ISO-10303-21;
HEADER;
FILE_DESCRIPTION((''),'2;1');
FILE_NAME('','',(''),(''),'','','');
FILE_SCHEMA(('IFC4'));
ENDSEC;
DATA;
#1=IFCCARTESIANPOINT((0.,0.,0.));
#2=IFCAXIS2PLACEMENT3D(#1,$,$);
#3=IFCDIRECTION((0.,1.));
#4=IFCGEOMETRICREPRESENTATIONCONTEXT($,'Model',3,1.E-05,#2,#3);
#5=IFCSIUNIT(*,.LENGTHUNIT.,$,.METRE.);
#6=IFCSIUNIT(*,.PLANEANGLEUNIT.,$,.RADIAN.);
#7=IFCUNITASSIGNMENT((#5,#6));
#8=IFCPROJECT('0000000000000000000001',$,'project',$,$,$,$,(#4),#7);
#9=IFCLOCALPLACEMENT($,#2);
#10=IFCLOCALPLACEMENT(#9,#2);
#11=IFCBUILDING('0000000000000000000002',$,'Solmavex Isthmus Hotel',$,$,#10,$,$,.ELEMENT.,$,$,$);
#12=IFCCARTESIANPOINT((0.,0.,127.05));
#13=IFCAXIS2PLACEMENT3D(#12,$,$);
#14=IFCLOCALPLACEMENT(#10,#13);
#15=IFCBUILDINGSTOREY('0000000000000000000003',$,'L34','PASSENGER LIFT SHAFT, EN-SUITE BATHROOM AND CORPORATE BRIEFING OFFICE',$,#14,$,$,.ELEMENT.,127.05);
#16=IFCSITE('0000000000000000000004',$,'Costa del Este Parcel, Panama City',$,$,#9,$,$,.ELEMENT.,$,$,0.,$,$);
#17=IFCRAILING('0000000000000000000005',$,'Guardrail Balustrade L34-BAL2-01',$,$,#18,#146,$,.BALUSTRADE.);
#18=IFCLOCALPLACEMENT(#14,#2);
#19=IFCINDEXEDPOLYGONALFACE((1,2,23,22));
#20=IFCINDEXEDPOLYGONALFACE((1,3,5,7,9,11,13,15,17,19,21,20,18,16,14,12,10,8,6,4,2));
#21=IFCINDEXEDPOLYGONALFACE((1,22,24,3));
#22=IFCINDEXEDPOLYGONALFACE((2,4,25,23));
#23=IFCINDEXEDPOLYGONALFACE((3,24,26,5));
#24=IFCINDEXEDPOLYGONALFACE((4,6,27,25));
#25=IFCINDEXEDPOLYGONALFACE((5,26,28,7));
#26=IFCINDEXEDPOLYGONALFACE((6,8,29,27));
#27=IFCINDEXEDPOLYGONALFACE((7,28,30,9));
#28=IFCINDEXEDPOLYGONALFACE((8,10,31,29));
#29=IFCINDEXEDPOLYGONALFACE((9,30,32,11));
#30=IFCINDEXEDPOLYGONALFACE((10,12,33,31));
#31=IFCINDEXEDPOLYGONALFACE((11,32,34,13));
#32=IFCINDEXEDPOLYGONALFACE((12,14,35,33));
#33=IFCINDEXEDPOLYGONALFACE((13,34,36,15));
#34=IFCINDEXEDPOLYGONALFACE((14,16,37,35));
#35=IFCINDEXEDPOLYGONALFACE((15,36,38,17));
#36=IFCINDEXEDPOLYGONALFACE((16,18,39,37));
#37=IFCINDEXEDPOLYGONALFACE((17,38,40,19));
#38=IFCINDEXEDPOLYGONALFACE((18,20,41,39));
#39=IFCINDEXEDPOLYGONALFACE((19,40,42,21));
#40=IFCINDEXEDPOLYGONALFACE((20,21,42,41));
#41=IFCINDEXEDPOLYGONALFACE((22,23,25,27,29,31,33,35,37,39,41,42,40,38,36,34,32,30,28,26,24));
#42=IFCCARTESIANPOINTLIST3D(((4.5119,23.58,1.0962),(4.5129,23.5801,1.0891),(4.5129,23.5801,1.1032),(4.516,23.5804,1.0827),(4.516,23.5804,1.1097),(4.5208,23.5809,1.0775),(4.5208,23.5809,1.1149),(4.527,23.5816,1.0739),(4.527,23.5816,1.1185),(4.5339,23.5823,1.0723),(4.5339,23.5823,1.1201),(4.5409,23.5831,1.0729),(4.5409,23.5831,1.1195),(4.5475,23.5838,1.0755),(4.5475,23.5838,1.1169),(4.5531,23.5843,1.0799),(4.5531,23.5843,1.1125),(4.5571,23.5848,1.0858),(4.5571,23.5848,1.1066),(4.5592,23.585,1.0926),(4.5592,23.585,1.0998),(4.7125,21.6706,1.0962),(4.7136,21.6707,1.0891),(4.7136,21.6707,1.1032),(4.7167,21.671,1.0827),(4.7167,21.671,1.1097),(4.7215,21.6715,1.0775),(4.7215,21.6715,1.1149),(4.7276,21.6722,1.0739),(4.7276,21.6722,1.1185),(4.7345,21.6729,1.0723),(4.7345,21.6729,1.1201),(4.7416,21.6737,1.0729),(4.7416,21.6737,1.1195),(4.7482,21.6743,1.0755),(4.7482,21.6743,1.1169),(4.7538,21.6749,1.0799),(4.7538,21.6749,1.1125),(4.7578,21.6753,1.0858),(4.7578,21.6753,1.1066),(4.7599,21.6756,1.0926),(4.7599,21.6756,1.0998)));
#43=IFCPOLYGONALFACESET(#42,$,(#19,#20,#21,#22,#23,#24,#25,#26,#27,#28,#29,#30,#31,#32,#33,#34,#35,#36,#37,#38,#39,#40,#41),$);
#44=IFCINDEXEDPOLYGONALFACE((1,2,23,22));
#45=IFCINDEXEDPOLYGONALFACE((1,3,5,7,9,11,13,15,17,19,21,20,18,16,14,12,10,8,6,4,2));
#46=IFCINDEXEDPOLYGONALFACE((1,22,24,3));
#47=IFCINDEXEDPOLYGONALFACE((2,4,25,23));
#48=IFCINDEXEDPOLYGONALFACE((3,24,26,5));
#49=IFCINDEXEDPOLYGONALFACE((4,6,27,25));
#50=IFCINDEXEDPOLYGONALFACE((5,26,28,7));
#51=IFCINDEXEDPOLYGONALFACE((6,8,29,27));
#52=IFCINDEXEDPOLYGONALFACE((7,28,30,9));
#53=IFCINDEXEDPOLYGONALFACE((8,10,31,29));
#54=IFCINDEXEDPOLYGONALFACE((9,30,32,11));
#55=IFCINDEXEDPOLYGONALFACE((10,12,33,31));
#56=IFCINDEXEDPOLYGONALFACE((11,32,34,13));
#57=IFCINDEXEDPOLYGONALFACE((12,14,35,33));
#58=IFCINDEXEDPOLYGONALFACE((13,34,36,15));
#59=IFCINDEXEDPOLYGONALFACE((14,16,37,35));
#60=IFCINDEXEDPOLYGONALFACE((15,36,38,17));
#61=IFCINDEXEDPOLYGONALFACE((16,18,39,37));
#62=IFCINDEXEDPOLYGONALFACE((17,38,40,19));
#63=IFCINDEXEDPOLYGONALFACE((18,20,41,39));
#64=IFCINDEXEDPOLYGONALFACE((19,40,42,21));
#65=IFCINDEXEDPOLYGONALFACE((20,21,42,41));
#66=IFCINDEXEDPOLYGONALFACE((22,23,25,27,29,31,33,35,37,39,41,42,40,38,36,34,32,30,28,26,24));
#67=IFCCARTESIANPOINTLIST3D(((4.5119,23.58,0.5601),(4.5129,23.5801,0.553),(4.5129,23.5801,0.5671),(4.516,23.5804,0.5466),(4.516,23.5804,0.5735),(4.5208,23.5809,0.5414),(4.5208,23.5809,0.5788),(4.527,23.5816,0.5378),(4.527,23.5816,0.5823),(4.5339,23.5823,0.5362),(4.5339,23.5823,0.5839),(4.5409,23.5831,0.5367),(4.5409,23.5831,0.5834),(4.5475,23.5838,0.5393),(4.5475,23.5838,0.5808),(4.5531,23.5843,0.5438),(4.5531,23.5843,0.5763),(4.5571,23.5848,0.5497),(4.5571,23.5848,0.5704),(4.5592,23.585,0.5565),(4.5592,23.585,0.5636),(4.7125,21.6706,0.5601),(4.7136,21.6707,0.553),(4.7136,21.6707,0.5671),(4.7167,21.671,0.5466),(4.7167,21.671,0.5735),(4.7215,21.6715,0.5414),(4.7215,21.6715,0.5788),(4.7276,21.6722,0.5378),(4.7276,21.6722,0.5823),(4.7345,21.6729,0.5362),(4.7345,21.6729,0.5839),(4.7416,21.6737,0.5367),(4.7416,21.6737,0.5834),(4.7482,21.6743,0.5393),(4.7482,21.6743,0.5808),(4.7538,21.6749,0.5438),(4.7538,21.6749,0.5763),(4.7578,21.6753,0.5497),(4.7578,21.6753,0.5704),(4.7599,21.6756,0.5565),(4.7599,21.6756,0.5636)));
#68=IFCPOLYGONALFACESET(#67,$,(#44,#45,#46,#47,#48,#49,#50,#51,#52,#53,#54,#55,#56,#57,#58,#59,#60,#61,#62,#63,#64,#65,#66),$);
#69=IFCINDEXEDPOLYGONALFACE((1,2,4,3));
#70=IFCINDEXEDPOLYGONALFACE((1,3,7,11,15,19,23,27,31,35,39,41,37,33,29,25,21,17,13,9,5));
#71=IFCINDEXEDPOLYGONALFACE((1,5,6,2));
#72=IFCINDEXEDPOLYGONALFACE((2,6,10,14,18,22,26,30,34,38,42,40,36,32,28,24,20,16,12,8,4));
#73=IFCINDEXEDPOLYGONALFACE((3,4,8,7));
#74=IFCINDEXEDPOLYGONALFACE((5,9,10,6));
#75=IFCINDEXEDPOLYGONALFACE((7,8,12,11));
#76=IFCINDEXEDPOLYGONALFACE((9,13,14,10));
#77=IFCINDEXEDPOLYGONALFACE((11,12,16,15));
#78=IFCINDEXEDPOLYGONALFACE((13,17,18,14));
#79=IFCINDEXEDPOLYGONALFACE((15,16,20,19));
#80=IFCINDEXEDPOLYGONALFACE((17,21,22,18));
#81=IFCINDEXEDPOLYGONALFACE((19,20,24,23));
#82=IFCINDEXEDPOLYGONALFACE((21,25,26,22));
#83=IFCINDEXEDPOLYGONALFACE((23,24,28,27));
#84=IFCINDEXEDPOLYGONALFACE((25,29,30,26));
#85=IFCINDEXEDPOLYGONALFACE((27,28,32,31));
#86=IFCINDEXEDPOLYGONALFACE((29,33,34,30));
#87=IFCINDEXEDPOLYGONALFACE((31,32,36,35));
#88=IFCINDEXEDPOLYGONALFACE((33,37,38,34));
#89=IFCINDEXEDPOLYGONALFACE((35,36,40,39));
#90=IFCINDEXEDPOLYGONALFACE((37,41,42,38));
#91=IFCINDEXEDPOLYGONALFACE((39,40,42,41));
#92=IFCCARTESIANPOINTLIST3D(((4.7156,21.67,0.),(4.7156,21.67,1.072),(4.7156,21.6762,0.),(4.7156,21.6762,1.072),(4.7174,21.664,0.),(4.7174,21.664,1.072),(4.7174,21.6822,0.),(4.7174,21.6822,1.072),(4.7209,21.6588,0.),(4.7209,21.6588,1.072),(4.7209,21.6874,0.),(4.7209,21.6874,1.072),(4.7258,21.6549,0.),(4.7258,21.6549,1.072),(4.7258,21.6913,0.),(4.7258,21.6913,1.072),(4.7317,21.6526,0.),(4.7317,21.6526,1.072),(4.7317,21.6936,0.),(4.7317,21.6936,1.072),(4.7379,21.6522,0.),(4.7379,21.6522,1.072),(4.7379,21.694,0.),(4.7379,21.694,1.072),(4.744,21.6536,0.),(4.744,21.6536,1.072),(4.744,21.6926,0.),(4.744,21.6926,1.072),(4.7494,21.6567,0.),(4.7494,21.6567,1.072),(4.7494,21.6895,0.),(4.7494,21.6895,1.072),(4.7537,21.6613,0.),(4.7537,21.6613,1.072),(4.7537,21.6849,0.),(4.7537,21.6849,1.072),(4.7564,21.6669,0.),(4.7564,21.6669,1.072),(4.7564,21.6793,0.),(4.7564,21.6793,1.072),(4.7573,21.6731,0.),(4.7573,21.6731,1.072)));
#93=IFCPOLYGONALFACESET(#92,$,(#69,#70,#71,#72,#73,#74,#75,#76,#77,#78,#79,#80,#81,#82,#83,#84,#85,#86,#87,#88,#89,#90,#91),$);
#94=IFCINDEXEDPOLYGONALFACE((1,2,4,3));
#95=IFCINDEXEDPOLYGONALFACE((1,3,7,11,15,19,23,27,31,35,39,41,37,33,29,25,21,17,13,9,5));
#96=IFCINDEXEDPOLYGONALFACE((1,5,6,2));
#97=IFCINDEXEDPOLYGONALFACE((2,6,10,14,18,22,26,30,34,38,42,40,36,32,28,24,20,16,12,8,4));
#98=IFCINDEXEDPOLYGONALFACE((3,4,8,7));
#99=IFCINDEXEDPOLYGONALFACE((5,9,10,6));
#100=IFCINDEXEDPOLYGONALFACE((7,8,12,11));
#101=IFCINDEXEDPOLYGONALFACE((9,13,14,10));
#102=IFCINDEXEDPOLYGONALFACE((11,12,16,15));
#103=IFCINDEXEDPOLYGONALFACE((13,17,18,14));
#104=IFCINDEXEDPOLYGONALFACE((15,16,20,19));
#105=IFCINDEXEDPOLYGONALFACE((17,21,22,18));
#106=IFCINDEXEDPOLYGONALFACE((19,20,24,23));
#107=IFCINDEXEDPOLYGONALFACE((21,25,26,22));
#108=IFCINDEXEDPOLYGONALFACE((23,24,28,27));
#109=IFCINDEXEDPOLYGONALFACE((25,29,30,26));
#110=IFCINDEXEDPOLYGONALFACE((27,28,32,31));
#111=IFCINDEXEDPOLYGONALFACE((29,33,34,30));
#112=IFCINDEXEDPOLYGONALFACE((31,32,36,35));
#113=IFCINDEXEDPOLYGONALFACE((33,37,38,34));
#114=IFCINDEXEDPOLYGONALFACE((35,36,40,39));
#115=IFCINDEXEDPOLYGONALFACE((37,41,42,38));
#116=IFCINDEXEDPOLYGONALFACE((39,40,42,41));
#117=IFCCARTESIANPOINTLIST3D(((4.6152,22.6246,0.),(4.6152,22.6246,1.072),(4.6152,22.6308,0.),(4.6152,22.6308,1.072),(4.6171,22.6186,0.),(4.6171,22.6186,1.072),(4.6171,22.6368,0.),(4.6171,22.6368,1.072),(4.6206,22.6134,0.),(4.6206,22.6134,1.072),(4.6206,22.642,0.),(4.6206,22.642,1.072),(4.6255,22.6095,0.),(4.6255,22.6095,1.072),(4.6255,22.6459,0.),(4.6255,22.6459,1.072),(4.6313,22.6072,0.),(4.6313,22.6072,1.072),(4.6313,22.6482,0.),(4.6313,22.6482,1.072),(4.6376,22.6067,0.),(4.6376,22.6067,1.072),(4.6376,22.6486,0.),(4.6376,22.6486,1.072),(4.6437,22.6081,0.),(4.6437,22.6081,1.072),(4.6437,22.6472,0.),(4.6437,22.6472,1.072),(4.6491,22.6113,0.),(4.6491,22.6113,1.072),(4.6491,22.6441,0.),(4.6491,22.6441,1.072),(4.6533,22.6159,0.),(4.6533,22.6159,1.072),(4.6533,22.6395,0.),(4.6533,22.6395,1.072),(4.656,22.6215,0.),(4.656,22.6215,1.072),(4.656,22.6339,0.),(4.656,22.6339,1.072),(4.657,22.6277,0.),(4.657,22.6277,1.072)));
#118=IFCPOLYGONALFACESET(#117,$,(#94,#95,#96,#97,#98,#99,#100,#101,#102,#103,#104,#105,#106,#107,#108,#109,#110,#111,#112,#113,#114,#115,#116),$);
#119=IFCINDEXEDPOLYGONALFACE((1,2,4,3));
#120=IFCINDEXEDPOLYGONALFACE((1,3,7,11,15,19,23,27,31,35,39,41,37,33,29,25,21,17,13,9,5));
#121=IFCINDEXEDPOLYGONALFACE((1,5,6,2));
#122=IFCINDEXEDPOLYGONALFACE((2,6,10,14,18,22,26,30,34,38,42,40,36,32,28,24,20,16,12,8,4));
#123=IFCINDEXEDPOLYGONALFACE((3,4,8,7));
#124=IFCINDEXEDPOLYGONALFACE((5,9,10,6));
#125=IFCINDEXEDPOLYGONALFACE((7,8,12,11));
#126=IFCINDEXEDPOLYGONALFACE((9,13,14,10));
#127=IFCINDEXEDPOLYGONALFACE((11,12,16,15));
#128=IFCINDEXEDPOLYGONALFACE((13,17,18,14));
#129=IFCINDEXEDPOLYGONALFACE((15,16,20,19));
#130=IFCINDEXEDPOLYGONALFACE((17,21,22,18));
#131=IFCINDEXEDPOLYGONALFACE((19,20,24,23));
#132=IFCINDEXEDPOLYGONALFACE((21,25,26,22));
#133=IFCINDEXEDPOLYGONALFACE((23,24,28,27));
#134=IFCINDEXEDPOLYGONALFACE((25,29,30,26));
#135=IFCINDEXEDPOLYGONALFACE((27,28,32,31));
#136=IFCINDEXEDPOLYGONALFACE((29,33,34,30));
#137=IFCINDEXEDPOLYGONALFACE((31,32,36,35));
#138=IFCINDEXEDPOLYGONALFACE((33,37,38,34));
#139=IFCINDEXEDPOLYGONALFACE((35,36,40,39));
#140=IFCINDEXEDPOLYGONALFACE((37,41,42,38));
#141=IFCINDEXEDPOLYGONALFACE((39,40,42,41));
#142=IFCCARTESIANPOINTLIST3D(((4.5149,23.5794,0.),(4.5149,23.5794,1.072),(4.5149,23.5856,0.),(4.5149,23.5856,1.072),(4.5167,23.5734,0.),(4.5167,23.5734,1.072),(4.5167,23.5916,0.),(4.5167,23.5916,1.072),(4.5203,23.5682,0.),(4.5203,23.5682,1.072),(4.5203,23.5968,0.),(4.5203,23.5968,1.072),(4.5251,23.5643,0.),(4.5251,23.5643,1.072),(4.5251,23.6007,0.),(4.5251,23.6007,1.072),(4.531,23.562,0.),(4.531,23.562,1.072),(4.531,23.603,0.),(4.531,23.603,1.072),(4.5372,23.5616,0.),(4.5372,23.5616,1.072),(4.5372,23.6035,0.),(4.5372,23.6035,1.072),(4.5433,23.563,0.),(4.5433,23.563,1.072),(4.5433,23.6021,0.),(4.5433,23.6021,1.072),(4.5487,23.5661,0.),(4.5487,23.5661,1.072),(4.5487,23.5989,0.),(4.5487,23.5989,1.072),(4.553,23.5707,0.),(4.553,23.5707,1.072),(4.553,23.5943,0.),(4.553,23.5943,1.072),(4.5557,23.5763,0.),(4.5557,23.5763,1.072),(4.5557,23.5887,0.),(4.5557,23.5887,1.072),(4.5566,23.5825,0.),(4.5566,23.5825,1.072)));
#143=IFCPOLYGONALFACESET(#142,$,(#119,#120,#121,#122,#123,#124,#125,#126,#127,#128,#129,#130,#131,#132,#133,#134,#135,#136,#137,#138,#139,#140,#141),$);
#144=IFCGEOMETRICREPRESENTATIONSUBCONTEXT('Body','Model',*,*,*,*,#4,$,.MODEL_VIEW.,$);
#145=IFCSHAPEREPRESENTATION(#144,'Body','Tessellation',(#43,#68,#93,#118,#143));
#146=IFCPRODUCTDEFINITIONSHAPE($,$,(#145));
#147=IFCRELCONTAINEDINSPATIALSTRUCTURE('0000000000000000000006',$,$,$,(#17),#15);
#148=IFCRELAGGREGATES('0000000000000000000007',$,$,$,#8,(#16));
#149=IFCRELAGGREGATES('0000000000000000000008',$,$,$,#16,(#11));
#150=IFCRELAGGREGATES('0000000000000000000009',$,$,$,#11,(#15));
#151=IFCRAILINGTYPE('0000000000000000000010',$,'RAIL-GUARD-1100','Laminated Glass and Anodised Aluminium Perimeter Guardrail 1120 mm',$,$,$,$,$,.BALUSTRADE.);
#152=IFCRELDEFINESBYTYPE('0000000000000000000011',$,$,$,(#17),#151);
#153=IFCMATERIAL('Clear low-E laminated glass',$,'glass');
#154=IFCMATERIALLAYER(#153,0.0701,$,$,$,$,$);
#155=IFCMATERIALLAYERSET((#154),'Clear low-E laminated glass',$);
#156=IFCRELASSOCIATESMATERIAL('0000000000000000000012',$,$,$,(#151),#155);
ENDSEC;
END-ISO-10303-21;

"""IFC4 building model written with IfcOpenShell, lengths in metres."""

from ifc_helpers import new_model, si_unit, direction, frame, origin, origin_2d, place, context, subcontext, project, spatial, circle, extrude, material, layer, layer_set, type_object, element, save


model = new_model("IFC4")

# Units and contexts
model_context = context("Model", 3, precision=1e-05, world=origin(), true_north=direction((0.0, 1.0)))
body_context = subcontext(model_context, "Body", "Model", "MODEL_VIEW")
ifc_project = project(units=[si_unit("LENGTHUNIT", "METRE"), si_unit("PLANEANGLEUNIT", "RADIAN")], contexts=[model_context])

# Site, building, storey
site_placement = place(None, origin())
site = spatial("IfcSite", under=ifc_project, at=site_placement, Name="Costa del Este Parcel, Panama City", CompositionType="ELEMENT", RefElevation=0.0)
building_placement = place(site_placement, origin())
building = spatial("IfcBuilding", under=site, at=building_placement, Name="Solmavex Isthmus Hotel", CompositionType="ELEMENT")
storey_placement = place(building_placement, frame((0.0, 0.0, 127.05)))
storey = spatial("IfcBuildingStorey", under=building, at=storey_placement, Name="L34", Description="PASSENGER LIFT SHAFT, EN-SUITE BATHROOM AND CORPORATE BRIEFING OFFICE", CompositionType="ELEMENT", Elevation=127.05)

# Shared definitions
ifc_material_1 = material(Name="Clear low-E laminated glass", Category="glass")

# Railing
ifc_layer_1 = layer(ifc_material_1, 0.0701)
ifc_layer_set_1 = layer_set([ifc_layer_1], Name="Clear low-E laminated glass")
railing_type = type_object("IfcRailingType", Name="RAIL-GUARD-1100", Description="Laminated Glass and Anodised Aluminium Perimeter Guardrail 1120 mm", PredefinedType="BALUSTRADE", material=ifc_layer_set_1)
railing_1_placement = place(storey_placement, frame((4.7363, 21.6731, 0.0)))
element("IfcRailing", 1, at=railing_1_placement, inside=storey, type_object=railing_type, Name="Guardrail Balustrade L34-BAL2-01", PredefinedType="BALUSTRADE", context=body_context, shape_type="SweptSolid", body=[
    extrude(circle(Radius=0.0239, at=origin_2d()), frame((0.0, 0.0, 1.0962), z_axis=(-0.104526, 0.994522, 0.0), x_axis=(-0.994522, -0.104526, 0.0)), (0.0, 0.0, 1.0), 1.9199),
    extrude(circle(Radius=0.0239, at=origin_2d()), frame((0.0, 0.0, 0.5601), z_axis=(-0.104526, 0.994522, 0.0), x_axis=(-0.994522, -0.104526, 0.0)), (0.0, 0.0, 1.0), 1.9199),
    extrude(circle(Radius=0.021, at=origin_2d()), origin(), (0.0, 0.0, 1.0), 1.072),
    extrude(circle(Radius=0.021, at=origin_2d()), frame((-0.1003, 0.9546, 0.0)), (0.0, 0.0, 1.0), 1.072),
    extrude(circle(Radius=0.021, at=origin_2d()), frame((-0.2007, 1.9094, 0.0)), (0.0, 0.0, 1.0), 1.072),
])

save(model, "model.ifc")
